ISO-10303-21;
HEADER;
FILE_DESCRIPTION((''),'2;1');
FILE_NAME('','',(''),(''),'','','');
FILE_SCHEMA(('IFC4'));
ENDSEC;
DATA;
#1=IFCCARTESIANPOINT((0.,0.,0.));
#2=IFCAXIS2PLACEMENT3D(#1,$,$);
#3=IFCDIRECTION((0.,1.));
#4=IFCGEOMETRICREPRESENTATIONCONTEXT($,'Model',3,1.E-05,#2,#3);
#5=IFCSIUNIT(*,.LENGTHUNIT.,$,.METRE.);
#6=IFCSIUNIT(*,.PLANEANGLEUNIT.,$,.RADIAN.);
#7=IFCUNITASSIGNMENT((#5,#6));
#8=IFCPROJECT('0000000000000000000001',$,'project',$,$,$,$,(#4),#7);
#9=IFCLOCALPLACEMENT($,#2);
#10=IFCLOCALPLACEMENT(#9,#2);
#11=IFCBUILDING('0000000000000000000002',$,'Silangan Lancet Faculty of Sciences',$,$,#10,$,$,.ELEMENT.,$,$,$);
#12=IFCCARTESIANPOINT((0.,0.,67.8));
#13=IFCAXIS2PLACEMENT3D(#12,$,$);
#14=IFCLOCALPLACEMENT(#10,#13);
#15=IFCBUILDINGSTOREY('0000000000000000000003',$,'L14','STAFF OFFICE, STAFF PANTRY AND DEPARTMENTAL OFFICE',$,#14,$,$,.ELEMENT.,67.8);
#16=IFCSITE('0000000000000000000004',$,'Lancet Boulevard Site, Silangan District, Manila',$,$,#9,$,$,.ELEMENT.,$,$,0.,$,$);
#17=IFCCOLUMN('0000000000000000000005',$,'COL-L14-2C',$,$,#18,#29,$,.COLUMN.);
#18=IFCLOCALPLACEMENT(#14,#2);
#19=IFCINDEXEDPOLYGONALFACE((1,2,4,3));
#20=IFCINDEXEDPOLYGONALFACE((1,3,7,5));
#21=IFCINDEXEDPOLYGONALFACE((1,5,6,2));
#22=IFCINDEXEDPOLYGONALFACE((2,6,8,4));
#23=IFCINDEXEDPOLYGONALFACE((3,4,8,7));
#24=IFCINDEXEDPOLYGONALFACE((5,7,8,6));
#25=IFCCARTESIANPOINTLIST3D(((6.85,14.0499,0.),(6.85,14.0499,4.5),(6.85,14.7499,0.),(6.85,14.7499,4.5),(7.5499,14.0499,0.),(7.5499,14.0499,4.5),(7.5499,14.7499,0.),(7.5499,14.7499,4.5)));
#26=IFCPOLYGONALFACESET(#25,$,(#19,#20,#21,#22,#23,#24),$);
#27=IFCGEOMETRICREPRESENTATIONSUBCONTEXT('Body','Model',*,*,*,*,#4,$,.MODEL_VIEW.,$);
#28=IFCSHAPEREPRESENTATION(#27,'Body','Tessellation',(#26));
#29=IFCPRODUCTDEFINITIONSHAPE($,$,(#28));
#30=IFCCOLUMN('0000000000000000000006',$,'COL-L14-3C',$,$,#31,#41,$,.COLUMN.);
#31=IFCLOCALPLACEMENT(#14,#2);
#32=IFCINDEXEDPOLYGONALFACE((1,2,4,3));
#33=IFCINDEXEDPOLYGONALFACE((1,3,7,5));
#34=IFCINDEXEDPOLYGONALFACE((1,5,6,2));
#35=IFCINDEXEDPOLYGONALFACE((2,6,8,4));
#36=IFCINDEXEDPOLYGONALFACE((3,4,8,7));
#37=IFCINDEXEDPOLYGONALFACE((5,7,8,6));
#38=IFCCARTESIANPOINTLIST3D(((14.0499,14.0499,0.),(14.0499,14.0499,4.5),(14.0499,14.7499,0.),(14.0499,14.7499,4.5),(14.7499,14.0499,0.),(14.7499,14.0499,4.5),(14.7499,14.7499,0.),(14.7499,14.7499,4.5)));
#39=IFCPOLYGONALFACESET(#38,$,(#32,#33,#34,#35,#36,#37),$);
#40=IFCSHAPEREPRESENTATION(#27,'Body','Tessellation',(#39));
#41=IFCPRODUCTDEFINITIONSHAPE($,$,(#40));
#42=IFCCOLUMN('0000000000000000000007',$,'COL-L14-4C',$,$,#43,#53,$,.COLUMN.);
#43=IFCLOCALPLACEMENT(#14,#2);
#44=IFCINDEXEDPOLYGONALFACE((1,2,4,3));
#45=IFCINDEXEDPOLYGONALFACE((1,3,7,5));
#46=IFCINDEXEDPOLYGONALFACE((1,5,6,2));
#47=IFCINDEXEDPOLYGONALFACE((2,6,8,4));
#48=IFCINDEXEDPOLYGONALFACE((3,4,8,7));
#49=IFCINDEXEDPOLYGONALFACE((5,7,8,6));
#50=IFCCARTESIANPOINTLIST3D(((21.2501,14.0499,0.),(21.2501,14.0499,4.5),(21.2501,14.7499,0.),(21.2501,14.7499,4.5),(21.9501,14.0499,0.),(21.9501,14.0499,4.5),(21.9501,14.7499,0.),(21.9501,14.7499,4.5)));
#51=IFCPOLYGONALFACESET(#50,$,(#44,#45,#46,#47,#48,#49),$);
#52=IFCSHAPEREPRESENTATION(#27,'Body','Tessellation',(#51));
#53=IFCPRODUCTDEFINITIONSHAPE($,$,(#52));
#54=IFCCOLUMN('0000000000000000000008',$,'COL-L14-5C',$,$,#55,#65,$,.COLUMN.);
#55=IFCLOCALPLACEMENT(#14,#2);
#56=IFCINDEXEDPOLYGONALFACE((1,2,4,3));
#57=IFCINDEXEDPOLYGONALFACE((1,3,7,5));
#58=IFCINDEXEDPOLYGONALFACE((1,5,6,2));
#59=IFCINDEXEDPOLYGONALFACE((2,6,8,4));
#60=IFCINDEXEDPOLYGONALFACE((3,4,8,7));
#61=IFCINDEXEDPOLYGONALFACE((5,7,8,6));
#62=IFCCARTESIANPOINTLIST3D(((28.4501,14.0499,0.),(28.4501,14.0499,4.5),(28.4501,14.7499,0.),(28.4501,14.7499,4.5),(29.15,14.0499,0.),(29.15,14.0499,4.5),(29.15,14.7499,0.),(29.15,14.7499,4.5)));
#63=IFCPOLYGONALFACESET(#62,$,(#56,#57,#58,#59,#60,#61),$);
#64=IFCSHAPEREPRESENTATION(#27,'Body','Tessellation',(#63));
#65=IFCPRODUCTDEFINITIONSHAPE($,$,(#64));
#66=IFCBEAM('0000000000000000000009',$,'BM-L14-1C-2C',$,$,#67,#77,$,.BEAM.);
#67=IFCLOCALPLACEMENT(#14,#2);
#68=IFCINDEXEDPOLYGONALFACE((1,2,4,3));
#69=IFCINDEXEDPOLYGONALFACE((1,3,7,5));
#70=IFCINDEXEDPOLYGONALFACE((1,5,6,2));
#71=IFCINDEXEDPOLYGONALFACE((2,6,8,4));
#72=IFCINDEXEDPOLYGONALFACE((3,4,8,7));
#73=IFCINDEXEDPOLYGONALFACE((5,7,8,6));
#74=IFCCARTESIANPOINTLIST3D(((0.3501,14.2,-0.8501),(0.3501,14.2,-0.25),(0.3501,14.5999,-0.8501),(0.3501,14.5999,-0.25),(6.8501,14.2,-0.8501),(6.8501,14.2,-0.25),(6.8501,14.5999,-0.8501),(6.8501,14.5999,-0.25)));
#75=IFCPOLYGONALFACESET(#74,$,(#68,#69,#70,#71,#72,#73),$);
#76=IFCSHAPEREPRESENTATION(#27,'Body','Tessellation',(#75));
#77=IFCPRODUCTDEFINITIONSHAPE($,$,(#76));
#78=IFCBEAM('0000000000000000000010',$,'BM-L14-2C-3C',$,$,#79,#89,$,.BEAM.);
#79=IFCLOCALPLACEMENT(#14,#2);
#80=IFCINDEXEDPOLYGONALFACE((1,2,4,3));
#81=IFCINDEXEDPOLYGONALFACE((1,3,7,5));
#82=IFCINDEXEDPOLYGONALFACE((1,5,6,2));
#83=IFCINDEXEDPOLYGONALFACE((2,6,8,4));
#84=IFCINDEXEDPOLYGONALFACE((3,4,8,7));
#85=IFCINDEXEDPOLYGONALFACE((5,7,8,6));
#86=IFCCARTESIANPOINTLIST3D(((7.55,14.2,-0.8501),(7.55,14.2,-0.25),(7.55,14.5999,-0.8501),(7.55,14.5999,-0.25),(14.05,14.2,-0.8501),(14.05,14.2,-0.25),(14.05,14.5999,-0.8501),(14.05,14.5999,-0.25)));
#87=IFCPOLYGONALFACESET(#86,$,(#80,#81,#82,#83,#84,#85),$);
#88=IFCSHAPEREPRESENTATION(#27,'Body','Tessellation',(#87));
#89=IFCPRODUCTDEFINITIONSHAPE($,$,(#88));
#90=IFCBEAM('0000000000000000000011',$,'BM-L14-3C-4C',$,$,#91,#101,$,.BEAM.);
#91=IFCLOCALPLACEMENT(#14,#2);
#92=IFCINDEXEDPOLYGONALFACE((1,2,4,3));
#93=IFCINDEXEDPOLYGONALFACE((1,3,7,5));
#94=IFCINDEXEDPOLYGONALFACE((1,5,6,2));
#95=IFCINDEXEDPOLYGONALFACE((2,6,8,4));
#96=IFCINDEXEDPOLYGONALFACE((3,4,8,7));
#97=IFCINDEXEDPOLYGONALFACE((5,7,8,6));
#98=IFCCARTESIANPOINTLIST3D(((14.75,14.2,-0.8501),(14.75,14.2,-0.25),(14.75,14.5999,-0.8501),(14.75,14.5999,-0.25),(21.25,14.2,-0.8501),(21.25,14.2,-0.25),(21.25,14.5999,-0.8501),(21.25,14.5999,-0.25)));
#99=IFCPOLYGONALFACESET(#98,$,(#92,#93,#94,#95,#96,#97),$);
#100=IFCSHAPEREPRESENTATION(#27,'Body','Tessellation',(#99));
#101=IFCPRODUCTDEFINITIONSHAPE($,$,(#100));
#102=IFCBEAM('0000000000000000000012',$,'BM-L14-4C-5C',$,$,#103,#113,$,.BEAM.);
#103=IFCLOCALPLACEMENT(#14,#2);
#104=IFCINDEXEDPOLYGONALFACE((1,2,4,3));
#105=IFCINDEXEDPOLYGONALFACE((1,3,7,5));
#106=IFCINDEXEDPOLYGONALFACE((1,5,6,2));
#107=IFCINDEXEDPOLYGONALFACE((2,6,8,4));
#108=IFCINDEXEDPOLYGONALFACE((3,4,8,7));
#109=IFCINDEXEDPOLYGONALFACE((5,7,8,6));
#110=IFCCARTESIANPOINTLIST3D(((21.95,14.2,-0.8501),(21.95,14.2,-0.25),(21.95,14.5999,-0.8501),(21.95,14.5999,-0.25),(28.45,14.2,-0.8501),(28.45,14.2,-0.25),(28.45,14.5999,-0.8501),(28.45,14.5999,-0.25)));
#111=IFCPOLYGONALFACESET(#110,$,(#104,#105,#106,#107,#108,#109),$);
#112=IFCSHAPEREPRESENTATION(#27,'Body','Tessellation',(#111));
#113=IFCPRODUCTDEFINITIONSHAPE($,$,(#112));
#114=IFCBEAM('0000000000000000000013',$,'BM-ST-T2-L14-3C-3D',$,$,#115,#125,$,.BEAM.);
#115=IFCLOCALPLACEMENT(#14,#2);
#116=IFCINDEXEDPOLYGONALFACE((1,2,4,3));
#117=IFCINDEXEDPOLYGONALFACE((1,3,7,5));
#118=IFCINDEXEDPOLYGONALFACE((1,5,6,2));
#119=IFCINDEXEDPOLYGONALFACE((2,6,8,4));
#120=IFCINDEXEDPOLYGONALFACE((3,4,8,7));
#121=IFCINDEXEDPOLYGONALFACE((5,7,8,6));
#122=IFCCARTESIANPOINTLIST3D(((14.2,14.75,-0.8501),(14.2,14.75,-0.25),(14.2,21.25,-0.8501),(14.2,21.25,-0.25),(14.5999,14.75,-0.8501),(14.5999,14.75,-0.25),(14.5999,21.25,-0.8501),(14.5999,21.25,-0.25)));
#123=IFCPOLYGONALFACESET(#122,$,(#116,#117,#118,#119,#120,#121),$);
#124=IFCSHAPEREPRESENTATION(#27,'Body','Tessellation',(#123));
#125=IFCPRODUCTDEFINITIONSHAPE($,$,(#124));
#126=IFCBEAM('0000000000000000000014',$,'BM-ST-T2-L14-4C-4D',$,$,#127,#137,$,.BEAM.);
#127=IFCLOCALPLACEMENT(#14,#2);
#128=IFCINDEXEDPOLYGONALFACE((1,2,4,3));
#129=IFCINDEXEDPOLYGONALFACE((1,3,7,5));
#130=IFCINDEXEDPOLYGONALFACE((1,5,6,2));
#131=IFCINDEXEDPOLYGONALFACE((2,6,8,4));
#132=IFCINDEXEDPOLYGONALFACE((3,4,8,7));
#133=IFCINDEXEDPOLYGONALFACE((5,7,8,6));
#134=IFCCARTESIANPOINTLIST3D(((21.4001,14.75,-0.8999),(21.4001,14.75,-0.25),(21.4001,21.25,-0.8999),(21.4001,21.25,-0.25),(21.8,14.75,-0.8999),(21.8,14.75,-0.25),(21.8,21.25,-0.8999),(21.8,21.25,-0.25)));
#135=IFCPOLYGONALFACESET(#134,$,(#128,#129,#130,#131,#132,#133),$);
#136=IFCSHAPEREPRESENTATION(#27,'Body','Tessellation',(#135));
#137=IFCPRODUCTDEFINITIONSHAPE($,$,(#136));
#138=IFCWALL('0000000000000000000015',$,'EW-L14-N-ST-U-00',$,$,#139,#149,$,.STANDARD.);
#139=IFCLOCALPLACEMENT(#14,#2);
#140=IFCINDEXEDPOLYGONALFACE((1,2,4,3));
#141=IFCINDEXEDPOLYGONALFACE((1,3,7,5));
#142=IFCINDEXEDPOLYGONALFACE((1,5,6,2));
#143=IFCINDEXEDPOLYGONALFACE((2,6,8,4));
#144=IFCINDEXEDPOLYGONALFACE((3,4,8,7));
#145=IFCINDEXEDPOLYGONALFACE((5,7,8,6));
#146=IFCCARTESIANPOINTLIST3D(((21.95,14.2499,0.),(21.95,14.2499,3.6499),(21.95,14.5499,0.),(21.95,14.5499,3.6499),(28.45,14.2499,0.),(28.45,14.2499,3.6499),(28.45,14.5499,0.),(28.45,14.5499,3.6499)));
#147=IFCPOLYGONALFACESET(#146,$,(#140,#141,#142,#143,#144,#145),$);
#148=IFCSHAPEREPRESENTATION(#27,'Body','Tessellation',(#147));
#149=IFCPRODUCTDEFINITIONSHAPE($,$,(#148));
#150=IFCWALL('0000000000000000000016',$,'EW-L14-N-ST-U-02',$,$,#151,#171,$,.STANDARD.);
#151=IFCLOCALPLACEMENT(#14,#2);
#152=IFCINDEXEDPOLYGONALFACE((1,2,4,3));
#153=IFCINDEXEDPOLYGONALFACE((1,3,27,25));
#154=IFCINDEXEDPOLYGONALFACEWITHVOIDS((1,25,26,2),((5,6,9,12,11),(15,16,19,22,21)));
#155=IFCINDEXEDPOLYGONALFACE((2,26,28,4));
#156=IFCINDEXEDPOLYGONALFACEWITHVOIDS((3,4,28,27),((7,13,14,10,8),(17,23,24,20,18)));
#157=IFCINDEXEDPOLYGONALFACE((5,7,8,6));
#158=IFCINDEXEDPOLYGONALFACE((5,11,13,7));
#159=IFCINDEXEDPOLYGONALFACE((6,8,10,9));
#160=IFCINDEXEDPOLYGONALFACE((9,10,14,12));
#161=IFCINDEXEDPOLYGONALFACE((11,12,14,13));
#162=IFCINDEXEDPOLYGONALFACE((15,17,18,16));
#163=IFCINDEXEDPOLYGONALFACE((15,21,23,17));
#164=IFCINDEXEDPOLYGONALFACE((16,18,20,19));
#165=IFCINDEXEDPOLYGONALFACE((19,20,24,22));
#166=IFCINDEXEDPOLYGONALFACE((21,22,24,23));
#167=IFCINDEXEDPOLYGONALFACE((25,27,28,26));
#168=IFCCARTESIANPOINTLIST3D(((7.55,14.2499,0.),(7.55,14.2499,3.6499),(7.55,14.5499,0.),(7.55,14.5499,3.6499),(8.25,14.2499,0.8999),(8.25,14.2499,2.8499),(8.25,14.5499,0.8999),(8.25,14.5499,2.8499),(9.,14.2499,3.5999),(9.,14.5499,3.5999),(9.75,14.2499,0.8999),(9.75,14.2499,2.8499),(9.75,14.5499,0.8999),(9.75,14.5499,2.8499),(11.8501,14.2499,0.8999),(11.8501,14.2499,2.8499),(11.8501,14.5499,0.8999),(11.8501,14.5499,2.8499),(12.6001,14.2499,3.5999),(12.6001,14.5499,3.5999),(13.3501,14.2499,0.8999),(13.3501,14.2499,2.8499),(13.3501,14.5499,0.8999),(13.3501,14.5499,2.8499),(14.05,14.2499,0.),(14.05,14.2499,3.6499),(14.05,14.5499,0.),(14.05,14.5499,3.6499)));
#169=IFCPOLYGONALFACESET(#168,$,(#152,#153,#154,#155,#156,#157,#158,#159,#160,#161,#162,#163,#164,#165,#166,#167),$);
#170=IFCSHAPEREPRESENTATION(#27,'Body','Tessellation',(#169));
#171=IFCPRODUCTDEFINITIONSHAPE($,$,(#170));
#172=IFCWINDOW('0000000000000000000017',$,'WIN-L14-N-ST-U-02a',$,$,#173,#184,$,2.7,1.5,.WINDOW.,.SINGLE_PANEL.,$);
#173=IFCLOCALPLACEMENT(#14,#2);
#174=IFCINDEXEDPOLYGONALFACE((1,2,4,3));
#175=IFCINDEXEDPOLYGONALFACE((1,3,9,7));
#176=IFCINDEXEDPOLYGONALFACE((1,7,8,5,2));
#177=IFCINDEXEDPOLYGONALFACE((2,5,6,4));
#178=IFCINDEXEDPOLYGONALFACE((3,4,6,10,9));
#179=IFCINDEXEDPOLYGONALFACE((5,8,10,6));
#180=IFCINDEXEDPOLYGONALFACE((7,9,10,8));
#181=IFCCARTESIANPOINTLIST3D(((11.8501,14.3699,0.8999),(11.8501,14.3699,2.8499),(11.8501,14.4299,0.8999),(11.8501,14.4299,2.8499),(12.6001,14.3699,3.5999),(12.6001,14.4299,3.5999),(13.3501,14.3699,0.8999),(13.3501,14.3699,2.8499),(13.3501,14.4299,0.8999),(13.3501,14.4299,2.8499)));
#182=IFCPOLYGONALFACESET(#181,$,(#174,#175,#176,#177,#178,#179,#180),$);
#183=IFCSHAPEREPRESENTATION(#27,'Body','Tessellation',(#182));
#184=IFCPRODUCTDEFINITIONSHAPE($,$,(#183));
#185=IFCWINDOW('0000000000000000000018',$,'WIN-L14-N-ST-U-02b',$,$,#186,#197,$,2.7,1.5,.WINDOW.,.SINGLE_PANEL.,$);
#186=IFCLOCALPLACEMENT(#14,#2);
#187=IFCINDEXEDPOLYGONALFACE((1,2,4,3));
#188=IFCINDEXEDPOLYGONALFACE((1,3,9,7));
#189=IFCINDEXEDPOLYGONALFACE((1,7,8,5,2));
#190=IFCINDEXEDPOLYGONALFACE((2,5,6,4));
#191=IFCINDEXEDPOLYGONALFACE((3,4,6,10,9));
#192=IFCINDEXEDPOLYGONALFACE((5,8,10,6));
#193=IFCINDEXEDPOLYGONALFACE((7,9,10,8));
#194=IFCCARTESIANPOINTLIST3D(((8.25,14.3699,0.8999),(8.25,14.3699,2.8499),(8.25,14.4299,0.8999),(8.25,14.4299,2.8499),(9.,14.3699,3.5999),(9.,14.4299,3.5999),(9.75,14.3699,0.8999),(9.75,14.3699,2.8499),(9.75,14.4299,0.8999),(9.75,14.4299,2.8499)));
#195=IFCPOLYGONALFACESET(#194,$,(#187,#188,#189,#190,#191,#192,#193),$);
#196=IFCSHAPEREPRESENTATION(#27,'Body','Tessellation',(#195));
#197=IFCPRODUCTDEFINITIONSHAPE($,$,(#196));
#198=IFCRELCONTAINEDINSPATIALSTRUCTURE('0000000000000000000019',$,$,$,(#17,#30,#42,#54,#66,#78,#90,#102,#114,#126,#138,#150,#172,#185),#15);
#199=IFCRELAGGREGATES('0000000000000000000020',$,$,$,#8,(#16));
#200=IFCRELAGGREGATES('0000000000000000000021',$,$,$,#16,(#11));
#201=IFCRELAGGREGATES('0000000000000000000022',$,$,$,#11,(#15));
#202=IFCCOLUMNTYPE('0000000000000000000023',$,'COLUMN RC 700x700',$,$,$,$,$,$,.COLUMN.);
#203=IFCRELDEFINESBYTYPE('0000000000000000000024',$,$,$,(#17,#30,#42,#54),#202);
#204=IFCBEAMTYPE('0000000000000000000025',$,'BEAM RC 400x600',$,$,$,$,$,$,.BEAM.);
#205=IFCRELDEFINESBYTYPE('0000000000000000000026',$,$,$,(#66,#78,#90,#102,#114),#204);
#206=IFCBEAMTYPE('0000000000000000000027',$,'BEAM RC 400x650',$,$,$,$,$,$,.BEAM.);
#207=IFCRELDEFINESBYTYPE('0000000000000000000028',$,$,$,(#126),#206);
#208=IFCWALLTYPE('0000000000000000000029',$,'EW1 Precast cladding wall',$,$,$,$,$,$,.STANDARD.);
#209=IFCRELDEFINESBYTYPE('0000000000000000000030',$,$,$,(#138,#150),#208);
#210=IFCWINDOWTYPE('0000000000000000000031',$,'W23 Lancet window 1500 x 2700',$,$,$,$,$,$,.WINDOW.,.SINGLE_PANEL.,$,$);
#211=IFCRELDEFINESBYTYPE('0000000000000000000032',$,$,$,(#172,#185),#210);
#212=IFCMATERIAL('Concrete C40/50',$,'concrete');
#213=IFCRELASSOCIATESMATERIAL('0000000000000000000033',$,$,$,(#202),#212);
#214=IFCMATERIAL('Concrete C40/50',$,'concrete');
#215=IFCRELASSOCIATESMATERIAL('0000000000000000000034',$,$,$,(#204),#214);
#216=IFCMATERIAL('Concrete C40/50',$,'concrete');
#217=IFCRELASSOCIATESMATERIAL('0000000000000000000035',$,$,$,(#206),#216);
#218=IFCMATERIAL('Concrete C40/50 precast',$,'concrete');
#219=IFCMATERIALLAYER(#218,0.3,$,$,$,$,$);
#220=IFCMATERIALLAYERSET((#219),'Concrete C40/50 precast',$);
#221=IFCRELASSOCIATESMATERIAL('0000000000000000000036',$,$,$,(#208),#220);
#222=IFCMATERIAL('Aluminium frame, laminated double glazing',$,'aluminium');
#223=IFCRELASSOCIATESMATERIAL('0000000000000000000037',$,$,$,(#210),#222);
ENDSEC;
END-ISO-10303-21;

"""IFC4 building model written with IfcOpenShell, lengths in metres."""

from ifc_helpers import new_model, si_unit, direction, frame, frame_2d, origin, origin_2d, place, context, subcontext, project, spatial, polyline, rectangle, outline, extrude, material, layer, layer_set, material_profile, profile_set, type_object, element, fill, save


model = new_model("IFC4")

# Units and contexts
model_context = context("Model", 3, precision=1e-05, world=origin(), true_north=direction((0.0, 1.0)))
body_context = subcontext(model_context, "Body", "Model", "MODEL_VIEW")
ifc_project = project(units=[si_unit("LENGTHUNIT", "METRE"), si_unit("PLANEANGLEUNIT", "RADIAN")], contexts=[model_context])

# Site, building, storey
site_placement = place(None, origin())
site = spatial("IfcSite", under=ifc_project, at=site_placement, Name="Lancet Boulevard Site, Silangan District, Manila", CompositionType="ELEMENT", RefElevation=0.0)
building_placement = place(site_placement, origin())
building = spatial("IfcBuilding", under=site, at=building_placement, Name="Silangan Lancet Faculty of Sciences", CompositionType="ELEMENT")
storey_placement = place(building_placement, frame((0.0, 0.0, 67.8)))
storey = spatial("IfcBuildingStorey", under=building, at=storey_placement, Name="L14", Description="STAFF OFFICE, STAFF PANTRY AND DEPARTMENTAL OFFICE", CompositionType="ELEMENT", Elevation=67.8)

# Columns
ifc_material_1 = material(Name="Concrete C40/50", Category="concrete")
ifc_material_profile_1 = material_profile(ifc_material_1, rectangle(XDim=0.7, YDim=0.7, at=origin_2d()), Name="RC 700x700")
ifc_profile_set_1 = profile_set([ifc_material_profile_1], Name="Concrete C40/50")
column_type = type_object("IfcColumnType", Name="COLUMN RC 700x700", PredefinedType="COLUMN", material=ifc_profile_set_1)
for number, where, z_axis, x_axis, name in (
    (1, (7.2, 14.3999, 0.0), (0.0, 0.0, 1.0), (1.0, 0.0, 0.0), "COL-L14-2C"),
    (2, (14.3999, 14.3999, 0.0), (0.0, 0.0, 1.0), (1.0, 0.0, 0.0), "COL-L14-3C"),
    (3, (21.6001, 14.3999, 0.0), (0.0, 0.0, 1.0), (1.0, 0.0, 0.0), "COL-L14-4C"),
    (4, (28.8, 14.3999, 0.0), (0.0, 0.0, 1.0), (1.0, 0.0, 0.0), "COL-L14-5C"),
):
    element("IfcColumn", number, at=place(storey_placement, frame(where, z_axis=z_axis, x_axis=x_axis)), inside=storey, type_object=column_type, Name=name, PredefinedType="COLUMN", context=body_context, shape_type="SweptSolid", body=[
        extrude(rectangle(XDim=0.7, YDim=0.7, at=origin_2d()), origin(), (0.0, 0.0, 1.0), 4.5),
    ])

# Beams
ifc_material_2 = material(Name="Concrete C40/50", Category="concrete")
ifc_material_profile_2 = material_profile(ifc_material_2, rectangle(XDim=0.3999, YDim=0.6001, at=origin_2d()), Name="RC 400x600")
ifc_profile_set_2 = profile_set([ifc_material_profile_2], Name="Concrete C40/50")
beam_type_1 = type_object("IfcBeamType", Name="BEAM RC 400x600", PredefinedType="BEAM", material=ifc_profile_set_2)
for number, where, z_axis, x_axis, name in (
    (5, (0.3501, 14.3999, -0.55), (1.0, 0.0, 0.0), (0.0, 1.0, 0.0), "BM-L14-1C-2C"),
    (6, (7.55, 14.3999, -0.55), (1.0, 0.0, 0.0), (0.0, 1.0, 0.0), "BM-L14-2C-3C"),
    (7, (14.75, 14.3999, -0.55), (1.0, 0.0, 0.0), (0.0, 1.0, 0.0), "BM-L14-3C-4C"),
    (8, (21.95, 14.3999, -0.55), (1.0, 0.0, 0.0), (0.0, 1.0, 0.0), "BM-L14-4C-5C"),
    (9, (14.3999, 14.75, -0.55), (0.0, 1.0, 0.0), (-1.0, 0.0, 0.0), "BM-ST-T2-L14-3C-3D"),
):
    element("IfcBeam", number, at=place(storey_placement, frame(where, z_axis=z_axis, x_axis=x_axis)), inside=storey, type_object=beam_type_1, Name=name, PredefinedType="BEAM", context=body_context, shape_type="SweptSolid", body=[
        extrude(rectangle(XDim=0.3999, YDim=0.6001, at=origin_2d()), origin(), (0.0, 0.0, 1.0), 6.5),
    ])
ifc_material_3 = material(Name="Concrete C40/50", Category="concrete")
ifc_material_profile_3 = material_profile(ifc_material_3, rectangle(XDim=0.3999, YDim=0.6499, at=origin_2d()), Name="RC 400x650")
ifc_profile_set_3 = profile_set([ifc_material_profile_3], Name="Concrete C40/50")
beam_type_2 = type_object("IfcBeamType", Name="BEAM RC 400x650", PredefinedType="BEAM", material=ifc_profile_set_3)
beam_placement = place(storey_placement, frame((21.6001, 14.75, -0.575), z_axis=(0.0, 1.0, 0.0), x_axis=(-1.0, 0.0, 0.0)))
element("IfcBeam", 10, at=beam_placement, inside=storey, type_object=beam_type_2, Name="BM-ST-T2-L14-4C-4D", PredefinedType="BEAM", context=body_context, shape_type="SweptSolid", body=[
    extrude(rectangle(XDim=0.3999, YDim=0.6499, at=origin_2d()), origin(), (0.0, 0.0, 1.0), 6.5),
])

# Wall
ifc_material_4 = material(Name="Concrete C40/50 precast", Category="concrete")
ifc_layer_1 = layer(ifc_material_4, 0.3)
ifc_layer_set_1 = layer_set([ifc_layer_1], Name="Concrete C40/50 precast")
wall_type_1 = type_object("IfcWallType", Name="EW1 Precast cladding wall", PredefinedType="STANDARD", material=ifc_layer_set_1)
wall_1_placement = place(storey_placement, frame((28.45, 14.3999, 0.0), z_axis=(0.0, 0.0, 1.0), x_axis=(-1.0, 0.0, 0.0)))
element("IfcWall", 11, at=wall_1_placement, inside=storey, type_object=wall_type_1, Name="EW-L14-N-ST-U-00", PredefinedType="STANDARD", context=body_context, shape_type="SweptSolid", body=[
    extrude(rectangle(XDim=6.5, YDim=0.3, at=frame_2d((3.25, 0.0))), origin(), (0.0, 0.0, 1.0), 3.6499),
])

# Shared definitions
ifc_material_5 = material(Name="Aluminium frame, laminated double glazing", Category="aluminium")
window_type = type_object("IfcWindowType", Name="W23 Lancet window 1500 x 2700", PartitioningType="SINGLE_PANEL", PredefinedType="WINDOW", material=ifc_material_5)

# Wall, openings, windows
wall_2_placement = place(storey_placement, frame((14.05, 14.3999, 0.0), z_axis=(0.0, 0.0, 1.0), x_axis=(-1.0, 0.0, 0.0)))
wall_2 = element("IfcWall", 12, at=wall_2_placement, inside=storey, type_object=wall_type_1, Name="EW-L14-N-ST-U-02", PredefinedType="STANDARD", context=body_context, shape_type="SweptSolid", body=[
    extrude(rectangle(XDim=6.5, YDim=0.3, at=frame_2d((3.25, 0.0))), origin(), (0.0, 0.0, 1.0), 3.6499),
])
opening_1_placement = place(wall_2_placement, frame((0.7, 0.0, 0.8999)))
opening_1 = element("IfcOpeningElement", 13, at=opening_1_placement, cuts=wall_2, PredefinedType="OPENING", context=body_context, shape_type="SweptSolid", body=[
    extrude(outline(polyline([(0.0, 0.0), (1.5, 0.0), (1.5, 1.95), (0.75, 2.7), (0.0, 1.95), (0.0, 0.0)])), frame((0.0, 0.1599, 0.0), z_axis=(0.0, -1.0, 0.0), x_axis=(1.0, 0.0, 0.0)), (0.0, 0.0, 1.0), 0.3201),
])
opening_2_placement = place(wall_2_placement, frame((4.3, 0.0, 0.8999)))
opening_2 = element("IfcOpeningElement", 14, at=opening_2_placement, cuts=wall_2, PredefinedType="OPENING", context=body_context, shape_type="SweptSolid", body=[
    extrude(outline(polyline([(0.0, 0.0), (1.5, 0.0), (1.5, 1.95), (0.75, 2.7), (0.0, 1.95), (0.0, 0.0)])), frame((0.0, 0.1599, 0.0), z_axis=(0.0, -1.0, 0.0), x_axis=(1.0, 0.0, 0.0)), (0.0, 0.0, 1.0), 0.3201),
])
window_1_placement = place(opening_1_placement, origin())
window_1 = element("IfcWindow", 15, at=window_1_placement, inside=storey, type_object=window_type, Name="WIN-L14-N-ST-U-02a", OverallHeight=2.7, OverallWidth=1.5, PartitioningType="SINGLE_PANEL", PredefinedType="WINDOW", context=body_context, shape_type="SweptSolid", body=[
    extrude(outline(polyline([(0.0, 0.0), (1.5, 0.0), (1.5, 1.95), (0.75, 2.7), (0.0, 1.95), (0.0, 0.0)])), frame((0.0, 0.03, 0.0), z_axis=(0.0, -1.0, 0.0), x_axis=(1.0, 0.0, 0.0)), (0.0, 0.0, 1.0), 0.0601),
])
fill(opening_1, window_1)
window_2_placement = place(opening_2_placement, origin())
window_2 = element("IfcWindow", 16, at=window_2_placement, inside=storey, type_object=window_type, Name="WIN-L14-N-ST-U-02b", OverallHeight=2.7, OverallWidth=1.5, PartitioningType="SINGLE_PANEL", PredefinedType="WINDOW", context=body_context, shape_type="SweptSolid", body=[
    extrude(outline(polyline([(0.0, 0.0), (1.5, 0.0), (1.5, 1.95), (0.75, 2.7), (0.0, 1.95), (0.0, 0.0)])), frame((0.0, 0.03, 0.0), z_axis=(0.0, -1.0, 0.0), x_axis=(1.0, 0.0, 0.0)), (0.0, 0.0, 1.0), 0.0601),
])
fill(opening_2, window_2)

save(model, "model.ifc")
